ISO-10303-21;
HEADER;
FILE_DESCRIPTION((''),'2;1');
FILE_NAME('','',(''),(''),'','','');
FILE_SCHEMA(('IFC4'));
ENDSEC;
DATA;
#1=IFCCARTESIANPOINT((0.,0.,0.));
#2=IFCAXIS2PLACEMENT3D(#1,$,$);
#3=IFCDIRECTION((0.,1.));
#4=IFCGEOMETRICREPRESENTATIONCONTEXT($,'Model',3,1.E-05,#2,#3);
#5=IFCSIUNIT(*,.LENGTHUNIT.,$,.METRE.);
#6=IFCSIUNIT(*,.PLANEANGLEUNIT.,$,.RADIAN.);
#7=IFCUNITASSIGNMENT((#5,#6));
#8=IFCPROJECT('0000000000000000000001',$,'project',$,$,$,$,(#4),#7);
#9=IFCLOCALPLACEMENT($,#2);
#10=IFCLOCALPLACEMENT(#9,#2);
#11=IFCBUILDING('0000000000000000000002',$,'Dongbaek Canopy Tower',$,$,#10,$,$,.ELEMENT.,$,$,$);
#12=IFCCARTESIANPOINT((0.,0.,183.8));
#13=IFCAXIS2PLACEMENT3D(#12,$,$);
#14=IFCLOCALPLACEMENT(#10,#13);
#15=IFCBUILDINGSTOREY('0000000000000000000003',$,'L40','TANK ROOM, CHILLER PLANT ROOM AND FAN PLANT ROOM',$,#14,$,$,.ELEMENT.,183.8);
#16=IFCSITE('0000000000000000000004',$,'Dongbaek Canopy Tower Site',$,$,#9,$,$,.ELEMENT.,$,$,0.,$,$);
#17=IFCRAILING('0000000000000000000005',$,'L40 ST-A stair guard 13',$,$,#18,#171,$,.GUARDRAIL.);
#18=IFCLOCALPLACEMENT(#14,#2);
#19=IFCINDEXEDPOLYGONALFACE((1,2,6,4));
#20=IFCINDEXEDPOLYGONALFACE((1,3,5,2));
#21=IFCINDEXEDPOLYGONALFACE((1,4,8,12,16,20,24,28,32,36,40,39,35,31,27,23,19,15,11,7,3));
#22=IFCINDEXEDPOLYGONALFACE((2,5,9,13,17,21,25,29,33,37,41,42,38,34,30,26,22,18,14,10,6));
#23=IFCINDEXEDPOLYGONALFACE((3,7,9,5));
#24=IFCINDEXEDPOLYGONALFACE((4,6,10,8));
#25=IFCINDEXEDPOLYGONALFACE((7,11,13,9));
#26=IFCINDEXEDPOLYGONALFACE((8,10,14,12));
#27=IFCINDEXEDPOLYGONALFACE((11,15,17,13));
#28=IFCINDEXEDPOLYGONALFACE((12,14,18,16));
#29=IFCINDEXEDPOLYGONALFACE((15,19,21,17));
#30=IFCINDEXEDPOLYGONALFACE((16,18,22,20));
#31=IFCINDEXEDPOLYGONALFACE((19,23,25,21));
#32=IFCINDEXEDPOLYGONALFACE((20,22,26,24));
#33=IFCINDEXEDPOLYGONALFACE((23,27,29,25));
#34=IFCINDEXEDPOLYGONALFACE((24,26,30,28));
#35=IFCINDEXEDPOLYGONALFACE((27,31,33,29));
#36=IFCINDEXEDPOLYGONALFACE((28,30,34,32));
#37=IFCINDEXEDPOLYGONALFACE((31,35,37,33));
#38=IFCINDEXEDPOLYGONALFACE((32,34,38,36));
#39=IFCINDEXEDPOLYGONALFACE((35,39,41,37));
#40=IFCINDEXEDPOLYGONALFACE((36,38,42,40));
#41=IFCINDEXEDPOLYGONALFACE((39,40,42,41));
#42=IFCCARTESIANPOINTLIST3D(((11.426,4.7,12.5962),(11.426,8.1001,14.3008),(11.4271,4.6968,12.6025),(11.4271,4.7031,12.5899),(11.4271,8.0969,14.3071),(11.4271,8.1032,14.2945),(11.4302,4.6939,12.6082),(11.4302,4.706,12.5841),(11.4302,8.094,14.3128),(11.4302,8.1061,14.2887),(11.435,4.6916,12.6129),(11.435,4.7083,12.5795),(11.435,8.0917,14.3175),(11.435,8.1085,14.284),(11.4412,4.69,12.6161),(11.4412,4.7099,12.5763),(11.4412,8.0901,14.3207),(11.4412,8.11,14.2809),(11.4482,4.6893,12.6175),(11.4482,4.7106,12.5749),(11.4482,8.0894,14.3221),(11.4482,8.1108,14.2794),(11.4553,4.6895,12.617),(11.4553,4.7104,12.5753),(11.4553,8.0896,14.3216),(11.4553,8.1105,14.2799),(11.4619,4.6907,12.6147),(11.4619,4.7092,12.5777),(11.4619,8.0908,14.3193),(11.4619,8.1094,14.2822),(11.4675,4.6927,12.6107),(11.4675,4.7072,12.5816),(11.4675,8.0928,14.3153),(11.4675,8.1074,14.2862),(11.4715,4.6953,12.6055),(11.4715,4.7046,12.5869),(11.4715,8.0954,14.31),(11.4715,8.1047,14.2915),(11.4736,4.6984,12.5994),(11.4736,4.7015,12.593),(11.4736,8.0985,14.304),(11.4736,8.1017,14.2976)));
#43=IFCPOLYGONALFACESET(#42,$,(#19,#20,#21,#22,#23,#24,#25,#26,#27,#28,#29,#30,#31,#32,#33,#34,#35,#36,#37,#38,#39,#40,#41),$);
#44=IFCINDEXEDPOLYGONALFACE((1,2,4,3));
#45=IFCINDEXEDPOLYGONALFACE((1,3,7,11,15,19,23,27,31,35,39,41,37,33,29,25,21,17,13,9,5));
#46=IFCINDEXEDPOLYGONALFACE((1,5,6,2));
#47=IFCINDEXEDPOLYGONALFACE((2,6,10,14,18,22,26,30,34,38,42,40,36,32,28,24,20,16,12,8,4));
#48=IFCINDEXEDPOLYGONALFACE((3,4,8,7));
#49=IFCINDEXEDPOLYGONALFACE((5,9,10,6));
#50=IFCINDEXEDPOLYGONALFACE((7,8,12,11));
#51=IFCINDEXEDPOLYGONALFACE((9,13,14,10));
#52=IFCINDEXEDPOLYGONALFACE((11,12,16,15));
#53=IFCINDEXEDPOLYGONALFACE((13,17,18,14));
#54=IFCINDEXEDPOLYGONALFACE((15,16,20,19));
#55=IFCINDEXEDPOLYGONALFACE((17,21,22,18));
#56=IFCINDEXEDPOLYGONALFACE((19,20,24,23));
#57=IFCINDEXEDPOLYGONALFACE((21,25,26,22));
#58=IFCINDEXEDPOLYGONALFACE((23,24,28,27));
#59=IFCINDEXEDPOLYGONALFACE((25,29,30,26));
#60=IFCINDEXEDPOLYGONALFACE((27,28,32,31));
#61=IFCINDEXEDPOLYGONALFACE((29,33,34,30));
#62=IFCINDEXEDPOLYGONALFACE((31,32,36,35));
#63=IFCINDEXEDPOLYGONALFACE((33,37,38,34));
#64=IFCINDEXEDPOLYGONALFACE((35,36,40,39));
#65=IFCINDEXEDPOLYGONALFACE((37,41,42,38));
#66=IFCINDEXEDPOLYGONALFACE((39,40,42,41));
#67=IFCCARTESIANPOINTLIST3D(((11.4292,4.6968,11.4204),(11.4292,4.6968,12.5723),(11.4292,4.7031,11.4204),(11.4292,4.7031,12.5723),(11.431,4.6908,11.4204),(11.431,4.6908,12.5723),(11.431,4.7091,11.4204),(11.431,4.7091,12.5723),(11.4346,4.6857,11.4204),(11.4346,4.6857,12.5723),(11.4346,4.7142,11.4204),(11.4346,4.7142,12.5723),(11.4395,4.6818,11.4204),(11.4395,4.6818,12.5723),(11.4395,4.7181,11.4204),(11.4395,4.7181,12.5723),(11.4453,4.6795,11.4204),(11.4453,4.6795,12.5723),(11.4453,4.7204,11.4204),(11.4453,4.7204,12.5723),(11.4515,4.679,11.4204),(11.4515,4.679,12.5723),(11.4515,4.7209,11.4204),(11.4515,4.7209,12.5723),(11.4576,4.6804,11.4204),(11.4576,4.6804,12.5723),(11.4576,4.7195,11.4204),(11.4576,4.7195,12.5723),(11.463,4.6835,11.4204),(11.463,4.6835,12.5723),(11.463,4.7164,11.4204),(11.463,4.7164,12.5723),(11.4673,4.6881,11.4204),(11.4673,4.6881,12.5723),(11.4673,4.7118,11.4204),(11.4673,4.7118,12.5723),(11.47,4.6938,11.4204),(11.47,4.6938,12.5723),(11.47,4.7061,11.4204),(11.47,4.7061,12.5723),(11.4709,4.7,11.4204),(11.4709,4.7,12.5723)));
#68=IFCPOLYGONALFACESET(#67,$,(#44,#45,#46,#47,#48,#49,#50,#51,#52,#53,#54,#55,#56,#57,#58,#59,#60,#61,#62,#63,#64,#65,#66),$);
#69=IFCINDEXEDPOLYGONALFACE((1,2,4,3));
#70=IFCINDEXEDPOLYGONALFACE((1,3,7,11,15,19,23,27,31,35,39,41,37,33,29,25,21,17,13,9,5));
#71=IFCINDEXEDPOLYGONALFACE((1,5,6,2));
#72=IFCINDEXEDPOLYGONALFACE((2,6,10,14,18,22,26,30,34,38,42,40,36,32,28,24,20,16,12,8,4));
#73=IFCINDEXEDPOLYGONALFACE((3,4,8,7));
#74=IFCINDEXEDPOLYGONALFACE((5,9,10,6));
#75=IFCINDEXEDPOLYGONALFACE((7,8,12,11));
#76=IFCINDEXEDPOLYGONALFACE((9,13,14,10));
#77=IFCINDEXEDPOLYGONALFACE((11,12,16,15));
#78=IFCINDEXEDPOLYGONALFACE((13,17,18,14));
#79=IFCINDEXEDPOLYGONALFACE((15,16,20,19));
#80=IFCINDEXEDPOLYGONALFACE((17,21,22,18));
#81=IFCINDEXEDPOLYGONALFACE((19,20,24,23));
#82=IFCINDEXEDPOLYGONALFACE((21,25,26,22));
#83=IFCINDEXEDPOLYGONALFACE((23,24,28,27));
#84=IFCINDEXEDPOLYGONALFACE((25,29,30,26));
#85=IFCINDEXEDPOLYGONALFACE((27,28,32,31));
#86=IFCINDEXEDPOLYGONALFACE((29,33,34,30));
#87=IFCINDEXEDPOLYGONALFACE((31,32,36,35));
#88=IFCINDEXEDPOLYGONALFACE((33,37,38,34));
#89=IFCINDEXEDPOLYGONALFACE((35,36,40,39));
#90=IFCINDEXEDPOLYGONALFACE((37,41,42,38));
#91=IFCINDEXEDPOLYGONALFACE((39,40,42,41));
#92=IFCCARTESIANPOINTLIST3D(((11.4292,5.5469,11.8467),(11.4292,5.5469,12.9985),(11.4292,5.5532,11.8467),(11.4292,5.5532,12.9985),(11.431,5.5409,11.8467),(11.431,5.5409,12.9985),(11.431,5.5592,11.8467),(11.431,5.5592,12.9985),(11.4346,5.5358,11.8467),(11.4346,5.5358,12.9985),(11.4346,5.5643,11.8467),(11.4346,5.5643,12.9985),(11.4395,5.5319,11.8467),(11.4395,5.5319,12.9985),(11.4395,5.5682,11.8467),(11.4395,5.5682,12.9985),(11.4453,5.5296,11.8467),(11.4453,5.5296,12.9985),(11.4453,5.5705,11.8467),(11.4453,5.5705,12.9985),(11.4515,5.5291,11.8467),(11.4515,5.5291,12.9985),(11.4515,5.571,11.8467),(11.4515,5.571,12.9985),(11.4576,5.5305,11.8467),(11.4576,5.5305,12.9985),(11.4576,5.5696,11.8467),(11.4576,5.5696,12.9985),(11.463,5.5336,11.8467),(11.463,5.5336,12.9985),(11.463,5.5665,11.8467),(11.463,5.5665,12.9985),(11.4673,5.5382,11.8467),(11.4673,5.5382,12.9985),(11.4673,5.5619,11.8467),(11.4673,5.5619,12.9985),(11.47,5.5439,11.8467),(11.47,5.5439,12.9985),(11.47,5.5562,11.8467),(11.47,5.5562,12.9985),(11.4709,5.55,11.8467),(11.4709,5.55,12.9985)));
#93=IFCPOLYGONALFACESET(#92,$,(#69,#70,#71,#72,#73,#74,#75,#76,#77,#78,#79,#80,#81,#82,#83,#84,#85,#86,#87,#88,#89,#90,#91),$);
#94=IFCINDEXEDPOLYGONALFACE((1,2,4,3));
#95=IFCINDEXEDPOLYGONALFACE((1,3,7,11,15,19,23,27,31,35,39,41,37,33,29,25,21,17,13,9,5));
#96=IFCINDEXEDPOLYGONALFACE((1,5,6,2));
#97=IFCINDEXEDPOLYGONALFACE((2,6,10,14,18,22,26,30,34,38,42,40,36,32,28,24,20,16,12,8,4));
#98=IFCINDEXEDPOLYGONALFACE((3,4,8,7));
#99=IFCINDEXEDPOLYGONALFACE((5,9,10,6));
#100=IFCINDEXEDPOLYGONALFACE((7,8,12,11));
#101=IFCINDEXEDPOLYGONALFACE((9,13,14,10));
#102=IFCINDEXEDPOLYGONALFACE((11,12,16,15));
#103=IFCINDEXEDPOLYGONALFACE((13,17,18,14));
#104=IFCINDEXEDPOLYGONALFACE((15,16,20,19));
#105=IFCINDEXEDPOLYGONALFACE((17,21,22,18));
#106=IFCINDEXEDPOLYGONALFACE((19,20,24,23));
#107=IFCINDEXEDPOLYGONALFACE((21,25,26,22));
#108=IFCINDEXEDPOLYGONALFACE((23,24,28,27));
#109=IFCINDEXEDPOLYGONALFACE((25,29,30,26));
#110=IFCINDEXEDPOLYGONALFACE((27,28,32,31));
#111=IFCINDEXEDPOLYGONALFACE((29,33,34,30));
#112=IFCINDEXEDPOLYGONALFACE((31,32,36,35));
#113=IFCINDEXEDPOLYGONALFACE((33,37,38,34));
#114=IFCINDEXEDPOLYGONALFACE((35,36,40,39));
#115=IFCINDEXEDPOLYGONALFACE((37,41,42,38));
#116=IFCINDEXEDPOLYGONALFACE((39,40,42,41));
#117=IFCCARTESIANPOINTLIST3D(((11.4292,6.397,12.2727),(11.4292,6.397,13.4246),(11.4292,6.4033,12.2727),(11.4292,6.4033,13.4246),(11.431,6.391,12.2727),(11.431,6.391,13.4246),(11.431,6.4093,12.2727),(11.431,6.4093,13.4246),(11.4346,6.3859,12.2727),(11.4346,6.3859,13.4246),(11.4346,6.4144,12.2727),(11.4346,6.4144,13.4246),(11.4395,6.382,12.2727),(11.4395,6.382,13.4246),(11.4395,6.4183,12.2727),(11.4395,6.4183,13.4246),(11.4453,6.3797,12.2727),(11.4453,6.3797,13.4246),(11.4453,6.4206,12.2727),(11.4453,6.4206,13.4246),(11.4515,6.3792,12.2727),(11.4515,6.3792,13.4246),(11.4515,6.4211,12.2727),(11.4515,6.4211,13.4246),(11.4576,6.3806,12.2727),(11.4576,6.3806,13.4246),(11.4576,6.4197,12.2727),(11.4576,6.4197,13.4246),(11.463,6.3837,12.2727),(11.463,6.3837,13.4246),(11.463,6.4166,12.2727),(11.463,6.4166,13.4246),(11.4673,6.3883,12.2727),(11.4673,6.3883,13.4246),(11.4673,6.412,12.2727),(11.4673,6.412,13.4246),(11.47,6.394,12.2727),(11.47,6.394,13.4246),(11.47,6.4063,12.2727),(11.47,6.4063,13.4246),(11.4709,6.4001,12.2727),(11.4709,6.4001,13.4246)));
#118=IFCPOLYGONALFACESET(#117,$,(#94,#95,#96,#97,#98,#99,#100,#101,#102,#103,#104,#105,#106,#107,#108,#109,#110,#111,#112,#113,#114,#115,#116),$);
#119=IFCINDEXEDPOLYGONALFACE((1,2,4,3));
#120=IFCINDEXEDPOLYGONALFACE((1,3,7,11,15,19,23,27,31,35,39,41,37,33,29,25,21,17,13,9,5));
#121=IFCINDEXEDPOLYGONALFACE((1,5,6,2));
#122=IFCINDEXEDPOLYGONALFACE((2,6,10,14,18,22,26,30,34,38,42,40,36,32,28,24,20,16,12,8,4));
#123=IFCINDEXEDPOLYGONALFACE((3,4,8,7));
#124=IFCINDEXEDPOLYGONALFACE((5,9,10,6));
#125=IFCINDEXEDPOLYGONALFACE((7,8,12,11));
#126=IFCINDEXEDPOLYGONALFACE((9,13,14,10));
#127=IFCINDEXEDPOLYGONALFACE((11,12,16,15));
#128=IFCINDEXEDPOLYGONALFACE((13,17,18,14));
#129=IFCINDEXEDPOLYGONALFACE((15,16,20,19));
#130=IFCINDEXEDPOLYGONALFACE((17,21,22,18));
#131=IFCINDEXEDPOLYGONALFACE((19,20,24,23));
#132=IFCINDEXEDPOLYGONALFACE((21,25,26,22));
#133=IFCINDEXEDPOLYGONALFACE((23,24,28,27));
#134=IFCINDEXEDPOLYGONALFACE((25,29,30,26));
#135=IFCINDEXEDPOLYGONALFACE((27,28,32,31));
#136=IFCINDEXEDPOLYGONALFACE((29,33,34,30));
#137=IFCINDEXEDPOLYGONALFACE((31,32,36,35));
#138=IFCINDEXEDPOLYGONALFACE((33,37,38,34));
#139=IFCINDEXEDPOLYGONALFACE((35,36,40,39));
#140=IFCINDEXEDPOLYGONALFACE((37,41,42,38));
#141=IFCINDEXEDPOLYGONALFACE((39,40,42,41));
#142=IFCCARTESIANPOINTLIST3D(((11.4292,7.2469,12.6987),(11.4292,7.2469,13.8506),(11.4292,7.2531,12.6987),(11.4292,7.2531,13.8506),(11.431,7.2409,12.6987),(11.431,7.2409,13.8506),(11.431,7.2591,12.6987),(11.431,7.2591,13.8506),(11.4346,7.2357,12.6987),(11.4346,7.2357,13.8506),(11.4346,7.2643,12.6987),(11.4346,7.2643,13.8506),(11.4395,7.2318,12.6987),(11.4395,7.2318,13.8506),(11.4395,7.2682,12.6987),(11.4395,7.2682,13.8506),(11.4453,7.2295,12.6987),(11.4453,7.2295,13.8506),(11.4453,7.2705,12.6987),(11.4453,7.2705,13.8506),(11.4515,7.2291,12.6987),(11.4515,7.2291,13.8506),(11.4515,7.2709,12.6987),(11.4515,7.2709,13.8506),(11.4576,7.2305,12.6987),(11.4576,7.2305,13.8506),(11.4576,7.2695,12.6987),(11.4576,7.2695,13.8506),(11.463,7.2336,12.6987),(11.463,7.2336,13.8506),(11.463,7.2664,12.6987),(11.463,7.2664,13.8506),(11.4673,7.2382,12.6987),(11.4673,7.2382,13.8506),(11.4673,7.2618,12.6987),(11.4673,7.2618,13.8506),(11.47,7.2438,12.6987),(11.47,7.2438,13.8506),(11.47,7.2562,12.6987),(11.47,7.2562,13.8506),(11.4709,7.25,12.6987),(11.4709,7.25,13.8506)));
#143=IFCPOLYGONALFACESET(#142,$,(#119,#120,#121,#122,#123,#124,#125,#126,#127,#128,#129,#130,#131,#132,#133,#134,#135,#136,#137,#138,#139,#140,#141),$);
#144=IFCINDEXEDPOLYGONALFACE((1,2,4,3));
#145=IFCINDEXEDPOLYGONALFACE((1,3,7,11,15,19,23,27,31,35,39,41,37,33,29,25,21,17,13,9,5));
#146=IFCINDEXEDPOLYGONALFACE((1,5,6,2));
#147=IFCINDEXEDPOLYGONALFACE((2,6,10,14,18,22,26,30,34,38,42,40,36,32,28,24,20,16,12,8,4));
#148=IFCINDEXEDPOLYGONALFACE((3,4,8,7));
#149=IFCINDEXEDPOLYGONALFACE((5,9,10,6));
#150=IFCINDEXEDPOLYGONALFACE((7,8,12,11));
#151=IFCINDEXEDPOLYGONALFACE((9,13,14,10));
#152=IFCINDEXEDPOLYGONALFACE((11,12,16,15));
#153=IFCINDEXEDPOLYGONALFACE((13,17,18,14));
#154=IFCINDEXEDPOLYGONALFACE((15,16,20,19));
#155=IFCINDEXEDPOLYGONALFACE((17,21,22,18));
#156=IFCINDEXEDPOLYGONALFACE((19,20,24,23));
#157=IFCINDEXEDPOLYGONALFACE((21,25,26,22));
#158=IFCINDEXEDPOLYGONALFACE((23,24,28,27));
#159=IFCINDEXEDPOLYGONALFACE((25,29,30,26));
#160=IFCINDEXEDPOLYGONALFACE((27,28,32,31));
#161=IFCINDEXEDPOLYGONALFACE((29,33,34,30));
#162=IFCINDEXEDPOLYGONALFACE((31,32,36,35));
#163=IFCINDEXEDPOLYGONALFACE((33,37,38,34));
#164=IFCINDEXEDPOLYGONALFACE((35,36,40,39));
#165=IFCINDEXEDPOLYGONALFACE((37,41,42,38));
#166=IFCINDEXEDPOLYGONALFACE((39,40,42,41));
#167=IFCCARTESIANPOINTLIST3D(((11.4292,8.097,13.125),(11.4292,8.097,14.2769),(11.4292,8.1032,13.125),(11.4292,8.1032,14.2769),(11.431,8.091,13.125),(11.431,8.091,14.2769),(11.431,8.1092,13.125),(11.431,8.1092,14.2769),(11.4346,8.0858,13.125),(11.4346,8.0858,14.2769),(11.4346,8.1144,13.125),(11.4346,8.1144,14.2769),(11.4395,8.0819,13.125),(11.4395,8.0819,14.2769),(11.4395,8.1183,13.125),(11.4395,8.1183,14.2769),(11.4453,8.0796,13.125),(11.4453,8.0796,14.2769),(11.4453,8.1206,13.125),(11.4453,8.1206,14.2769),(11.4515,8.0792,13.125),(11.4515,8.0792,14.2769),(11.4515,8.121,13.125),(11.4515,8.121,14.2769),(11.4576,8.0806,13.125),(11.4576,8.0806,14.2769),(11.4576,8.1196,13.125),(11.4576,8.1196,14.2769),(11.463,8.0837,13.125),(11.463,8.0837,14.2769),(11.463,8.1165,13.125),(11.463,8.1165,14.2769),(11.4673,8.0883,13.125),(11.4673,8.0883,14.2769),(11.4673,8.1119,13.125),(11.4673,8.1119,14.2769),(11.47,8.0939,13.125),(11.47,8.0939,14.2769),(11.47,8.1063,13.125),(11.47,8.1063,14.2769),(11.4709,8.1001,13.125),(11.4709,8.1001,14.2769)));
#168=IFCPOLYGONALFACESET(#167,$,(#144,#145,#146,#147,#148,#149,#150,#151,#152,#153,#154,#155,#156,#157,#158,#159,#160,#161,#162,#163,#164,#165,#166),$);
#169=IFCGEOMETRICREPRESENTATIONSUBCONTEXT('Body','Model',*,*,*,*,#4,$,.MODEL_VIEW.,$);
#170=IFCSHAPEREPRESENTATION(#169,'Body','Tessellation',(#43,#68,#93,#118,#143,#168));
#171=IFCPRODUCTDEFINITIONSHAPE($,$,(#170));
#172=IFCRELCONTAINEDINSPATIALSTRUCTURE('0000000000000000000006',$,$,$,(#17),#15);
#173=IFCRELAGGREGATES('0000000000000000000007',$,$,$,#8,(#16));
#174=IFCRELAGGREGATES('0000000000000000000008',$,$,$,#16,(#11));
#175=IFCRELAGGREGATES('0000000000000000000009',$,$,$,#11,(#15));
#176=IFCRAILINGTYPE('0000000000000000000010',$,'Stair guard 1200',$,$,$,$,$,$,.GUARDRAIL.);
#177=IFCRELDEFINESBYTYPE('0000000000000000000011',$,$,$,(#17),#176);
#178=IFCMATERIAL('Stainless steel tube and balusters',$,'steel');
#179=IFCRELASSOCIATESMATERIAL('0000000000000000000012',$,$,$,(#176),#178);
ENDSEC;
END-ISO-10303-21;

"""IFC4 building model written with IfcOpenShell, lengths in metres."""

from ifc_helpers import new_model, si_unit, direction, frame, origin, origin_2d, place, context, subcontext, project, spatial, circle, extrude, material, type_object, element, save


model = new_model("IFC4")

# Units and contexts
model_context = context("Model", 3, precision=1e-05, world=origin(), true_north=direction((0.0, 1.0)))
body_context = subcontext(model_context, "Body", "Model", "MODEL_VIEW")
ifc_project = project(units=[si_unit("LENGTHUNIT", "METRE"), si_unit("PLANEANGLEUNIT", "RADIAN")], contexts=[model_context])

# Site, building, storey
site_placement = place(None, origin())
site = spatial("IfcSite", under=ifc_project, at=site_placement, Name="Dongbaek Canopy Tower Site", CompositionType="ELEMENT", RefElevation=0.0)
building_placement = place(site_placement, origin())
building = spatial("IfcBuilding", under=site, at=building_placement, Name="Dongbaek Canopy Tower", CompositionType="ELEMENT")
storey_placement = place(building_placement, frame((0.0, 0.0, 183.8)))
storey = spatial("IfcBuildingStorey", under=building, at=storey_placement, Name="L40", Description="TANK ROOM, CHILLER PLANT ROOM AND FAN PLANT ROOM", CompositionType="ELEMENT", Elevation=183.8)

# Railing
ifc_material_1 = material(Name="Stainless steel tube and balusters", Category="steel")
railing_type_1 = type_object("IfcRailingType", Name="Stair guard 1200", PredefinedType="GUARDRAIL", material=ifc_material_1)
railing_1_placement = place(storey_placement, frame((11.45, 4.7, 11.4204)))
element("IfcRailing", 1, at=railing_1_placement, inside=storey, type_object=railing_type_1, Name="L40 ST-A stair guard 13", PredefinedType="GUARDRAIL", context=body_context, shape_type="SweptSolid", body=[
    extrude(circle(Radius=0.0239, at=origin_2d()), frame((0.0, 0.0, 1.1758), z_axis=(0.0, 0.893952, 0.448163), x_axis=(-1.0, 0.0, 0.0)), (0.0, 0.0, 1.0), 3.8035),
    extrude(circle(Radius=0.021, at=origin_2d()), origin(), (0.0, 0.0, 1.0), 1.1519),
    extrude(circle(Radius=0.021, at=origin_2d()), frame((0.0, 0.8501, 0.4263)), (0.0, 0.0, 1.0), 1.1519),
    extrude(circle(Radius=0.021, at=origin_2d()), frame((0.0, 1.7002, 0.8523)), (0.0, 0.0, 1.0), 1.1519),
    extrude(circle(Radius=0.021, at=origin_2d()), frame((0.0, 2.55, 1.2783)), (0.0, 0.0, 1.0), 1.1519),
    extrude(circle(Radius=0.021, at=origin_2d()), frame((0.0, 3.4001, 1.7046)), (0.0, 0.0, 1.0), 1.1519),
])

save(model, "model.ifc")
